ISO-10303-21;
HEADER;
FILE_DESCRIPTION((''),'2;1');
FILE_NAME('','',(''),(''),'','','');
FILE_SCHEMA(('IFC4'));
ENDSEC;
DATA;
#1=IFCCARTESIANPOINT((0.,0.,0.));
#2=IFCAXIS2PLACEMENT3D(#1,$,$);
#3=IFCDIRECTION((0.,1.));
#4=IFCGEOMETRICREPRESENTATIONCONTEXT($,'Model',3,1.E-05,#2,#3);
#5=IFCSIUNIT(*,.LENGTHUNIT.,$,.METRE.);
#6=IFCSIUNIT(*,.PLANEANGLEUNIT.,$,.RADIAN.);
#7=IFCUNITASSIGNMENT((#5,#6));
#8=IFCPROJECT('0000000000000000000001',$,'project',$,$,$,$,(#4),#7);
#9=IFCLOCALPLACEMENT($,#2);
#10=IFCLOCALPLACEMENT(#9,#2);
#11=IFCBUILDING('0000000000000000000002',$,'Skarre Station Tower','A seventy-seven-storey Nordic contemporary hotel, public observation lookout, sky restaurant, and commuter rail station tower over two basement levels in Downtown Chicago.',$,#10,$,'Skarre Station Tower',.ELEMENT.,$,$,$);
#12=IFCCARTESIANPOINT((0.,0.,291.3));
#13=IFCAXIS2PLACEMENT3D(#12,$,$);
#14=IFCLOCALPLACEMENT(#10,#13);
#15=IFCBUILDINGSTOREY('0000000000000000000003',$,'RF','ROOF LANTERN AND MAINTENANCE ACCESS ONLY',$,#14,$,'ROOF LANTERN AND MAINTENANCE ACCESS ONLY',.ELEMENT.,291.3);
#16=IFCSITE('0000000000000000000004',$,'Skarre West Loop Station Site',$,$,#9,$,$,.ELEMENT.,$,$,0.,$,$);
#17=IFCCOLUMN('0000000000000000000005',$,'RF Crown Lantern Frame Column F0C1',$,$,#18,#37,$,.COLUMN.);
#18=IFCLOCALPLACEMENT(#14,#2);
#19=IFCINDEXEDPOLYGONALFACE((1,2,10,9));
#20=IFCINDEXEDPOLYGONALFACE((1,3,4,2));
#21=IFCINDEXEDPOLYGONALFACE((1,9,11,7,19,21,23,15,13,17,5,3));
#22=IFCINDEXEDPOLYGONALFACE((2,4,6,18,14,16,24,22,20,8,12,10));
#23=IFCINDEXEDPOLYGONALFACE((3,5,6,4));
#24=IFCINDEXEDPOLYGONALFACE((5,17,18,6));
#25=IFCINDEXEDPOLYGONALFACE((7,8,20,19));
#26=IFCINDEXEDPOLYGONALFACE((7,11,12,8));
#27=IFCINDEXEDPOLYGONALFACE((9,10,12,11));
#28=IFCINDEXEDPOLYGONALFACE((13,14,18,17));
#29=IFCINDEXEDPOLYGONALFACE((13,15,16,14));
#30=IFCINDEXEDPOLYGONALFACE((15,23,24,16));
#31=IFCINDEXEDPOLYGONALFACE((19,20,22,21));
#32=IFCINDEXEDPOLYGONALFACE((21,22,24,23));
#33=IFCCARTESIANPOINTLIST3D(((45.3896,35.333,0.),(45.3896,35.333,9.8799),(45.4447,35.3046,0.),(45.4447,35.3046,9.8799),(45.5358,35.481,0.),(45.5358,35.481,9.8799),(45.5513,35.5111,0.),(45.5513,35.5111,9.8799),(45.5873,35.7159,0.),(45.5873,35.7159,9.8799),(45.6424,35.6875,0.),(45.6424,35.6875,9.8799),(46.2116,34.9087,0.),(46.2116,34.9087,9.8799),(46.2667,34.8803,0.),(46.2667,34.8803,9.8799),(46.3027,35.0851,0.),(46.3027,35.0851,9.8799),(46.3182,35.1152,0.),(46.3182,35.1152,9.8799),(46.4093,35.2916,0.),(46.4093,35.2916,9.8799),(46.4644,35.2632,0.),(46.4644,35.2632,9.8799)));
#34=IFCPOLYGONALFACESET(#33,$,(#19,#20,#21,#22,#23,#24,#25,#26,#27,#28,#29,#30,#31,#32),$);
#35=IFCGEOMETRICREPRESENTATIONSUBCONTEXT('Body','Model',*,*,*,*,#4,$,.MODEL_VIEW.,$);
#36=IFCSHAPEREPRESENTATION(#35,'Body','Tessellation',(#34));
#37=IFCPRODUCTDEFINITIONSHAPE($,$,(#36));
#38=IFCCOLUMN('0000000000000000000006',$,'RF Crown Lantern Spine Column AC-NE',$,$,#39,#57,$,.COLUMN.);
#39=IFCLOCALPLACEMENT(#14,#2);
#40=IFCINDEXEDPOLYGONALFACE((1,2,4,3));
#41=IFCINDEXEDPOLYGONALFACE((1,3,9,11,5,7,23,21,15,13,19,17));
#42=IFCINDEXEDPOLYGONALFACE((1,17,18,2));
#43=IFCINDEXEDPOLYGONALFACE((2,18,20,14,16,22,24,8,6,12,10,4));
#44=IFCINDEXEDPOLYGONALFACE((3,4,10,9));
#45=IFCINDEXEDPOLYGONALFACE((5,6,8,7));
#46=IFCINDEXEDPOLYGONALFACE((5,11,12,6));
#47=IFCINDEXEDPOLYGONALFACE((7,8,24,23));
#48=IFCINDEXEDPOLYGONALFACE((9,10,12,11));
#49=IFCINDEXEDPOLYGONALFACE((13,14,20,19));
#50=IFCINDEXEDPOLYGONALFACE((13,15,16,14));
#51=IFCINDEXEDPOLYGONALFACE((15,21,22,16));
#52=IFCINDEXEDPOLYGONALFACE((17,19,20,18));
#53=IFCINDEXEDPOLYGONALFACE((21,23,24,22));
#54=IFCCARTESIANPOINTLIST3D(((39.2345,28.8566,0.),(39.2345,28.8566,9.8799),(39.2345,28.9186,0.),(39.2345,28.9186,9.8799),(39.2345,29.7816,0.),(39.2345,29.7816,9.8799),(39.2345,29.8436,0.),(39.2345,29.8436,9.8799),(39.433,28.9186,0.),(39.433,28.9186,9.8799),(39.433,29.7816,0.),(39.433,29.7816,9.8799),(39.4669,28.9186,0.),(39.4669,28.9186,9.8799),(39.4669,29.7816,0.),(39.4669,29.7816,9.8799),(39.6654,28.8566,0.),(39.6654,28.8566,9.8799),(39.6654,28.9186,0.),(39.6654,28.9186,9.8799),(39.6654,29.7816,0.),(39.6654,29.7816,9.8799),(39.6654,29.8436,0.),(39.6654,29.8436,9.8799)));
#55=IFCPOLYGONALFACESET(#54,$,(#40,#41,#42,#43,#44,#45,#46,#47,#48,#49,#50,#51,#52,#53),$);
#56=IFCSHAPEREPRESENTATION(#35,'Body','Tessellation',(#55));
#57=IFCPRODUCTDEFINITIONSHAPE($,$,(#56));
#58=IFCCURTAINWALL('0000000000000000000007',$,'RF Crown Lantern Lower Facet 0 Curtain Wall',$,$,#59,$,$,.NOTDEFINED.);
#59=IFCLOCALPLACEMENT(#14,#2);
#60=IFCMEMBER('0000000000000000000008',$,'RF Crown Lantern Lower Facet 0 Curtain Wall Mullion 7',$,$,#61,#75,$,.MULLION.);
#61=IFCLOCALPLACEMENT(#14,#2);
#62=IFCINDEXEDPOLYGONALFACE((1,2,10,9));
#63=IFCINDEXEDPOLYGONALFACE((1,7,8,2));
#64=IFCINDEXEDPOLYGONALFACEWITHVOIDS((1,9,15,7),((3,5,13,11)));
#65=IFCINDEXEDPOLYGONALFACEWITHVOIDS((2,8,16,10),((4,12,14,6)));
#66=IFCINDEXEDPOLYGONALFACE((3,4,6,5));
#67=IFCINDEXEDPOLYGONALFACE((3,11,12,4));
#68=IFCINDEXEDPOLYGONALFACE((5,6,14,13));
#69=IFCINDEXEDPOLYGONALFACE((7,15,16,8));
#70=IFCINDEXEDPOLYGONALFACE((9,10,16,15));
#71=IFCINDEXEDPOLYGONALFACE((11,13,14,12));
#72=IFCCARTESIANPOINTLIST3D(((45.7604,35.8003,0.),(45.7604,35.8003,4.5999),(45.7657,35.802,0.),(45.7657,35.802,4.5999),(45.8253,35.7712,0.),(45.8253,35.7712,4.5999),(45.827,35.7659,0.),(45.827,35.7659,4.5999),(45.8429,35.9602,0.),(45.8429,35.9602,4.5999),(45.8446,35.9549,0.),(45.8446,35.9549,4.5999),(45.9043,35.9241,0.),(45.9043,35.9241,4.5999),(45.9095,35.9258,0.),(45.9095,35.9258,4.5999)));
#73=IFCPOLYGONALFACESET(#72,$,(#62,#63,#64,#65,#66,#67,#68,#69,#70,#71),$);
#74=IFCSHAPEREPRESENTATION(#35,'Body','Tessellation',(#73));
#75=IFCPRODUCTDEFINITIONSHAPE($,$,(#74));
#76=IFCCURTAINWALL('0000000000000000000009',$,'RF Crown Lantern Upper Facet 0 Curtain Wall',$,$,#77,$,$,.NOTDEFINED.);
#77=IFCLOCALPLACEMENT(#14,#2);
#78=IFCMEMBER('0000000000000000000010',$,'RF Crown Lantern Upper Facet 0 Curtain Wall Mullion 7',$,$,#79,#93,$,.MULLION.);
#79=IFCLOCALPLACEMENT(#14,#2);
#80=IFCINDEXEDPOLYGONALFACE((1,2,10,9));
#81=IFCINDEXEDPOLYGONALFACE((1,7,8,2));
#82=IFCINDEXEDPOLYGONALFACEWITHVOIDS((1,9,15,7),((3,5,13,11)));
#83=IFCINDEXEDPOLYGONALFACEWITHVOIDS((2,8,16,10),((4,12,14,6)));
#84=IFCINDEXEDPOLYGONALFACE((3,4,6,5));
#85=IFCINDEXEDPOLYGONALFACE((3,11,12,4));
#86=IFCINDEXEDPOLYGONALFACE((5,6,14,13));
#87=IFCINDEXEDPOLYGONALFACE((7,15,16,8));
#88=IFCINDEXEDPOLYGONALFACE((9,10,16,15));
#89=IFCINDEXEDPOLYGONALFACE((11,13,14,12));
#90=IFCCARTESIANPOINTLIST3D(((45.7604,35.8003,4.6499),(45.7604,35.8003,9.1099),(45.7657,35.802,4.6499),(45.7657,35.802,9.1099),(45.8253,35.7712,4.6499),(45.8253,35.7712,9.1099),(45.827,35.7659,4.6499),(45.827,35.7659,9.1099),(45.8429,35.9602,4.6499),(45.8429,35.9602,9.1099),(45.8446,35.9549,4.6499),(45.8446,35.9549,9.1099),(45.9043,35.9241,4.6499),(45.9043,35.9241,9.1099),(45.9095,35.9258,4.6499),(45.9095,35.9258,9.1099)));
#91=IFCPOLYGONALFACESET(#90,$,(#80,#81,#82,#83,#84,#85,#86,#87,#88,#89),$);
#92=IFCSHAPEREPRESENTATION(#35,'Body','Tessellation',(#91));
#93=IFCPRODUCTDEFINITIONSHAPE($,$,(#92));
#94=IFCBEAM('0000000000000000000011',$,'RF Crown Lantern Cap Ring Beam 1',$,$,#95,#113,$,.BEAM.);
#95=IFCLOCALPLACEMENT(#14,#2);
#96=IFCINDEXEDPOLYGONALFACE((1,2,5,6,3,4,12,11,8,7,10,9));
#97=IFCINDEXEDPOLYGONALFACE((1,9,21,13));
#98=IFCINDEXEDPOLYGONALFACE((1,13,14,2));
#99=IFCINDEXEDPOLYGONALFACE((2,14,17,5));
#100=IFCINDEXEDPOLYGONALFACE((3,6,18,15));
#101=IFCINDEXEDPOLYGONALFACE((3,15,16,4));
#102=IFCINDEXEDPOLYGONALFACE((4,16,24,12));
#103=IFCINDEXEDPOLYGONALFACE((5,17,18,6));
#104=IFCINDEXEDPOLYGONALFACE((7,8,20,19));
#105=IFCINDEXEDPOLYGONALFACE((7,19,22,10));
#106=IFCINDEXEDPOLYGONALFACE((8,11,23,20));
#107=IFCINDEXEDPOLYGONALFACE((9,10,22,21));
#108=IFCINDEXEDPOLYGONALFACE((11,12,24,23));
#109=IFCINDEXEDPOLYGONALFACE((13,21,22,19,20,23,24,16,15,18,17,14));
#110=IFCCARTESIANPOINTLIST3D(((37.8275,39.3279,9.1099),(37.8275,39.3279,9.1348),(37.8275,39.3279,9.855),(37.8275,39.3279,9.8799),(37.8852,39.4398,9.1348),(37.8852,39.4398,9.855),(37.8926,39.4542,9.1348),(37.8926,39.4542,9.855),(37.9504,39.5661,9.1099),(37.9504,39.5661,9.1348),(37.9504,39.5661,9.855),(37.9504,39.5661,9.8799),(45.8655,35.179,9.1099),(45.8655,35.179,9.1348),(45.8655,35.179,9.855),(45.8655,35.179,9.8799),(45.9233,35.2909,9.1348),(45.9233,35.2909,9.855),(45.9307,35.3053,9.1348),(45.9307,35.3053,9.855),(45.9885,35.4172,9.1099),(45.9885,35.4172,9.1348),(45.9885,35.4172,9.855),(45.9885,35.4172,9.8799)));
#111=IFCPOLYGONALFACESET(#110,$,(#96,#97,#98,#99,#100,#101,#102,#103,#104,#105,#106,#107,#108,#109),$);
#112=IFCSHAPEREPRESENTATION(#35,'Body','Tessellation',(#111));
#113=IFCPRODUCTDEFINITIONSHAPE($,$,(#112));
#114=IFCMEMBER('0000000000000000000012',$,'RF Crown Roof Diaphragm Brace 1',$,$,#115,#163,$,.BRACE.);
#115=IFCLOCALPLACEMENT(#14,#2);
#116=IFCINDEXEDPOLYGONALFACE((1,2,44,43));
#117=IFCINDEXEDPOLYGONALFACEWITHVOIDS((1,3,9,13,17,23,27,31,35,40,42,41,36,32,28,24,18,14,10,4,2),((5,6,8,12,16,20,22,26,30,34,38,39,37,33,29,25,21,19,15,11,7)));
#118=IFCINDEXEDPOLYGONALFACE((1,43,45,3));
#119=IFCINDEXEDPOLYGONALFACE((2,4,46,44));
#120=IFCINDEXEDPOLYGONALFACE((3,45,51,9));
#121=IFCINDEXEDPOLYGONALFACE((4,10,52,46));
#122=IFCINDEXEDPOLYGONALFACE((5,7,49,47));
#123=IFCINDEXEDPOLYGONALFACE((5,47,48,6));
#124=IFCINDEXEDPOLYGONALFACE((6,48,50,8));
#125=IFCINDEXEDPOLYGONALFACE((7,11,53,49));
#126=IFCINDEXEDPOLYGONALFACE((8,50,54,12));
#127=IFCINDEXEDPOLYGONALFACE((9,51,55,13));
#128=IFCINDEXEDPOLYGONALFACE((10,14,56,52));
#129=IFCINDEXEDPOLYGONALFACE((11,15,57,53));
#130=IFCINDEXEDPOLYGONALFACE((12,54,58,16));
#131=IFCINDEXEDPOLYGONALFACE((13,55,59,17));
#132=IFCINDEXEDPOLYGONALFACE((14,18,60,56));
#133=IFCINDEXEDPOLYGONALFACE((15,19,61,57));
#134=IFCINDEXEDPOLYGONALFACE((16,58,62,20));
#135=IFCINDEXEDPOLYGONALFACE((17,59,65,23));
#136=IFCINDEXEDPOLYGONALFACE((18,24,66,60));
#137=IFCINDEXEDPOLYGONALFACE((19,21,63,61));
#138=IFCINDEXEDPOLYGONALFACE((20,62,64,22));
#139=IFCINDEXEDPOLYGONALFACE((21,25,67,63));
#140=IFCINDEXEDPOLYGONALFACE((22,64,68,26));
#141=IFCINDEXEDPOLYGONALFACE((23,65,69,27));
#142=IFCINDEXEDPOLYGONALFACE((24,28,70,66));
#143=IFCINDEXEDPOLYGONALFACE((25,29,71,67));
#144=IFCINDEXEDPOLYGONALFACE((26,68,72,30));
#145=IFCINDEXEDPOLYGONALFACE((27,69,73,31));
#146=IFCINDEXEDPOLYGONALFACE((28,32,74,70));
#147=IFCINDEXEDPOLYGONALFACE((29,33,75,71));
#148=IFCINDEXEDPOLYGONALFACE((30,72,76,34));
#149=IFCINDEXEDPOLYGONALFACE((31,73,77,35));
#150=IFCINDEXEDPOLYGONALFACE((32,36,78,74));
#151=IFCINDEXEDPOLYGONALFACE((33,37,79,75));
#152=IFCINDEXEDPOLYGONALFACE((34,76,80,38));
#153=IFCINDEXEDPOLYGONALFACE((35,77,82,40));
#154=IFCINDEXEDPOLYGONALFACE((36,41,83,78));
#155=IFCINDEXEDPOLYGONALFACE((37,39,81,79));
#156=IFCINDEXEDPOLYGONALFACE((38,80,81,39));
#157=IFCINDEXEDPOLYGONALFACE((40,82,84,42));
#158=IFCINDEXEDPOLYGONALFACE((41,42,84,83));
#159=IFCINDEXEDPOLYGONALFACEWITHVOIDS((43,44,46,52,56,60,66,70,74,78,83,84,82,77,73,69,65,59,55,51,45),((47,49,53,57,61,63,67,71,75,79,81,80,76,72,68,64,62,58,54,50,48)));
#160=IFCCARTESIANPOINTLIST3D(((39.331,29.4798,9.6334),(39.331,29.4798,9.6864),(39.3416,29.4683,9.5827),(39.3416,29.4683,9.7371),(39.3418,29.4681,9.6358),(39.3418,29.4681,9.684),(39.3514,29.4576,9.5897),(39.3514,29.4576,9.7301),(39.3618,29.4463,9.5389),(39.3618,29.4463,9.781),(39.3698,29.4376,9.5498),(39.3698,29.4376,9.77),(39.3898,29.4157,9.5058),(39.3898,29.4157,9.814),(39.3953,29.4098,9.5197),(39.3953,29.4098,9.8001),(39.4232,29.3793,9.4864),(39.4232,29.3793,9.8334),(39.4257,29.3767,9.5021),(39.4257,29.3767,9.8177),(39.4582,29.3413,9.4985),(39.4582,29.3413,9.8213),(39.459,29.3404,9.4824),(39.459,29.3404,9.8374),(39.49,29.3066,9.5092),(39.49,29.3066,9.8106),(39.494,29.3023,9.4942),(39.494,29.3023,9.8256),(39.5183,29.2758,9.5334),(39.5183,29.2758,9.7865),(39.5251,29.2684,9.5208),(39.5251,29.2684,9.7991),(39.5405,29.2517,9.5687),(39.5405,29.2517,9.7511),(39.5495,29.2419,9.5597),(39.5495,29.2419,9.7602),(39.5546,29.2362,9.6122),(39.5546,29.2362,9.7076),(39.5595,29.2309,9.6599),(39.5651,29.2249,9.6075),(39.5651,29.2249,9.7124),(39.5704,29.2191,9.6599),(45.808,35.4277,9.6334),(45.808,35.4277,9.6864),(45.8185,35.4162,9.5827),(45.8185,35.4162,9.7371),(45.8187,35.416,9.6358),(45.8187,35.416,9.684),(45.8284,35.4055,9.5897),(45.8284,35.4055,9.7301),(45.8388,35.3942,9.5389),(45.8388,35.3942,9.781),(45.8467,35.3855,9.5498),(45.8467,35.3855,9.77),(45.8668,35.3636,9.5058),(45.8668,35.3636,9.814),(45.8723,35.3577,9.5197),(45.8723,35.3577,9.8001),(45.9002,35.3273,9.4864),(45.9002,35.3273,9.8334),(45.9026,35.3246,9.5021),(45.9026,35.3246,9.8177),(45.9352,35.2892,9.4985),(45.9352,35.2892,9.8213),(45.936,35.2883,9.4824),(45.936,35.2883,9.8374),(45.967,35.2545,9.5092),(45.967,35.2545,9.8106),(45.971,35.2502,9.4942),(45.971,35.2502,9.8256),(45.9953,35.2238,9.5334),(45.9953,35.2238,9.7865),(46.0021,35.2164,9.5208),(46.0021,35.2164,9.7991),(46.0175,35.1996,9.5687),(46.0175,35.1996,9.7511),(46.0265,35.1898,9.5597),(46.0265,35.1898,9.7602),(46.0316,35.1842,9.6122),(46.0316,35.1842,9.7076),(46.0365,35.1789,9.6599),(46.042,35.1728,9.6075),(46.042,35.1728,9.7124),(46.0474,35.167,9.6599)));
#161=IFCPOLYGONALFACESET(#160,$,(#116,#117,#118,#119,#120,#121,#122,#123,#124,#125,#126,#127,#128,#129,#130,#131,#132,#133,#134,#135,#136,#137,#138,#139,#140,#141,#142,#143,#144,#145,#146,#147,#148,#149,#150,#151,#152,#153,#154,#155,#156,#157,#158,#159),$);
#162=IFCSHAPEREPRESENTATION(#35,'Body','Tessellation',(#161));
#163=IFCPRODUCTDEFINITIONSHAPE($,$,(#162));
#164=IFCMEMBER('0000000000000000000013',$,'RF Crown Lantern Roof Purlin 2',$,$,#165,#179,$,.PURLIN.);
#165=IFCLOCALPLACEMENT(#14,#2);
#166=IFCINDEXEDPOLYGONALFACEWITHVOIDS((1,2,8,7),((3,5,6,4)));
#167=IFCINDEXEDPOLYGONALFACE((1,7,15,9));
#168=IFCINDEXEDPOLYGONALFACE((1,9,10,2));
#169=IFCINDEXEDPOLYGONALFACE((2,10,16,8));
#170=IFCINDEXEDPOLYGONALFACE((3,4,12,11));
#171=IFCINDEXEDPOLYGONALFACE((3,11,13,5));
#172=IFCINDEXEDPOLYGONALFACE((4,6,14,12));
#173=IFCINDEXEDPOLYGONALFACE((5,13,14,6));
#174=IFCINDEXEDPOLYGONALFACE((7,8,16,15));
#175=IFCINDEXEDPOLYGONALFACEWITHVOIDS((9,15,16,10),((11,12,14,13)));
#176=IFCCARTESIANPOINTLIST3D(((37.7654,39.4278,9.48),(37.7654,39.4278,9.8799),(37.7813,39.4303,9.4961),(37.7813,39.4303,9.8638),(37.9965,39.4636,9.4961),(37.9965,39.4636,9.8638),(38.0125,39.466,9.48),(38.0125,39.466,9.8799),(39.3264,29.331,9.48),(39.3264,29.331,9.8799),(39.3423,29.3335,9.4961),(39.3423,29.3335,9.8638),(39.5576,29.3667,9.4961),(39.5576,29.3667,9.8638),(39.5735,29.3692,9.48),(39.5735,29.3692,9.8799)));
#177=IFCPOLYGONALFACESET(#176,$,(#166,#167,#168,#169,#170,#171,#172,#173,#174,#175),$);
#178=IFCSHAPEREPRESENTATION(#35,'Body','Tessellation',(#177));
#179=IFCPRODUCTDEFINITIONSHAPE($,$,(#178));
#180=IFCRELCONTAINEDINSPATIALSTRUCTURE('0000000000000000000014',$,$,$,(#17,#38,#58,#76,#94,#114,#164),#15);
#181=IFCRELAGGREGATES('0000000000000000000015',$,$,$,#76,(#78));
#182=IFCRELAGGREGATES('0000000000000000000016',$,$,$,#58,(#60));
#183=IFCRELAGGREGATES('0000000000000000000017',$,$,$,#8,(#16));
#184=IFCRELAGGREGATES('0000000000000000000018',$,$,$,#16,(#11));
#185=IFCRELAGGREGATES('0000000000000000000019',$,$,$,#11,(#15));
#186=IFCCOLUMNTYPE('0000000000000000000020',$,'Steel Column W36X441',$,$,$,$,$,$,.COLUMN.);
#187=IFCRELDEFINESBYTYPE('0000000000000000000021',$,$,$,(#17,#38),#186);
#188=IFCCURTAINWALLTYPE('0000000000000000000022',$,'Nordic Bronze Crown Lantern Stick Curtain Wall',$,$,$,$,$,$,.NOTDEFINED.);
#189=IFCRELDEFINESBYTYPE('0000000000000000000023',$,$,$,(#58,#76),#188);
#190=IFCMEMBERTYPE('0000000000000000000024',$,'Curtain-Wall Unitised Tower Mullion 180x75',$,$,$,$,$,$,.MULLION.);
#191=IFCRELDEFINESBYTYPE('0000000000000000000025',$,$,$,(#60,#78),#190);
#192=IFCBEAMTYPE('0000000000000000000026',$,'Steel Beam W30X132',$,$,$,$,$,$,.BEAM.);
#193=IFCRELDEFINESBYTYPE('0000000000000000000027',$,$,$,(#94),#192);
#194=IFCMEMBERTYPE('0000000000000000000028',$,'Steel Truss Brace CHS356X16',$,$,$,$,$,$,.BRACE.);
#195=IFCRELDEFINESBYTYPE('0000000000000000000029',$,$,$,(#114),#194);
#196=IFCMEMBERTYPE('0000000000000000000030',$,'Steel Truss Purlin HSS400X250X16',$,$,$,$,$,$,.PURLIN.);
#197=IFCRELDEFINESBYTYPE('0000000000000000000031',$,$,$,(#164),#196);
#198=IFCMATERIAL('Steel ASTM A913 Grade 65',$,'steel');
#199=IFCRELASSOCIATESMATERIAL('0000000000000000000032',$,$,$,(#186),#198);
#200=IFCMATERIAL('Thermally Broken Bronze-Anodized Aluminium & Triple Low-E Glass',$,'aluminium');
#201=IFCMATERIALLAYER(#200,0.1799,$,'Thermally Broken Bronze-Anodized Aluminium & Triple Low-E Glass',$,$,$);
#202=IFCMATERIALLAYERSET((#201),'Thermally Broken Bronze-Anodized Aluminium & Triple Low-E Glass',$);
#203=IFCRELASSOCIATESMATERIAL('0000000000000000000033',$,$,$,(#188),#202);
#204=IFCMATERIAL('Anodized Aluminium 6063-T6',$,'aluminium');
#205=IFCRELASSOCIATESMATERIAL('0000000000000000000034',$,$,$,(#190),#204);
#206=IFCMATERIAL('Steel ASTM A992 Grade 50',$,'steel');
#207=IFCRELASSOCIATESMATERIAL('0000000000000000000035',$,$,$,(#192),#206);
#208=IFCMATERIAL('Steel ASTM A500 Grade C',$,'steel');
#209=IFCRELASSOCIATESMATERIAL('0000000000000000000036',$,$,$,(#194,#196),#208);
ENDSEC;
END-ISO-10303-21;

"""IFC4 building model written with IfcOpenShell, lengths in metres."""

from ifc_helpers import new_model, si_unit, direction, frame, origin, origin_2d, place, context, subcontext, project, spatial, hollow_rectangle, hollow_circle, i_section, extrude, material, layer, layer_set, material_profile, profile_set, type_object, element, aggregate, save


model = new_model("IFC4")

# Units and contexts
model_context = context("Model", 3, precision=1e-05, world=origin(), true_north=direction((0.0, 1.0)))
body_context = subcontext(model_context, "Body", "Model", "MODEL_VIEW")
ifc_project = project(units=[si_unit("LENGTHUNIT", "METRE"), si_unit("PLANEANGLEUNIT", "RADIAN")], contexts=[model_context])

# Site, building, storey
site_placement = place(None, origin())
site = spatial("IfcSite", under=ifc_project, at=site_placement, Name="Skarre West Loop Station Site", CompositionType="ELEMENT", RefElevation=0.0)
building_placement = place(site_placement, origin())
building = spatial("IfcBuilding", under=site, at=building_placement, Name="Skarre Station Tower", Description="A seventy-seven-storey Nordic contemporary hotel, public observation lookout, sky restaurant, and commuter rail station tower over two basement levels in Downtown Chicago.", LongName="Skarre Station Tower", CompositionType="ELEMENT")
storey_placement = place(building_placement, frame((0.0, 0.0, 291.3)))
storey = spatial("IfcBuildingStorey", under=building, at=storey_placement, Name="RF", Description="ROOF LANTERN AND MAINTENANCE ACCESS ONLY", LongName="ROOF LANTERN AND MAINTENANCE ACCESS ONLY", CompositionType="ELEMENT", Elevation=291.3)

# Columns
ifc_material_1 = material(Name="Steel ASTM A913 Grade 65", Category="steel")
ifc_material_profile_1 = material_profile(ifc_material_1, i_section(OverallWidth=0.4309, OverallDepth=0.9871, WebThickness=0.0339, FlangeThickness=0.062, at=origin_2d()), Name="Steel ASTM A913 Grade 65")
ifc_profile_set_1 = profile_set([ifc_material_profile_1], Name="Steel ASTM A913 Grade 65")
column_type = type_object("IfcColumnType", Name="Steel Column W36X441", PredefinedType="COLUMN", material=ifc_profile_set_1)
for number, where, z_axis, x_axis, name in (
    (1, (45.927, 35.2981, 0.0), (0.0, 0.0, 1.0), (0.458712, 0.888585, 0.0), "RF Crown Lantern Frame Column F0C1"),
    (2, (39.45, 29.3501, 0.0), (0.0, 0.0, 1.0), (1.0, 0.0, 0.0), "RF Crown Lantern Spine Column AC-NE"),
):
    element("IfcColumn", number, at=place(storey_placement, frame(where, z_axis=z_axis, x_axis=x_axis)), inside=storey, type_object=column_type, Name=name, PredefinedType="COLUMN", context=body_context, shape_type="SweptSolid", body=[
        extrude(i_section(OverallWidth=0.4309, OverallDepth=0.9871, WebThickness=0.0339, FlangeThickness=0.062, at=origin_2d()), origin(), (0.0, 0.0, 1.0), 9.8799),
    ])

# Curtain walls, members
ifc_material_2 = material(Name="Thermally Broken Bronze-Anodized Aluminium & Triple Low-E Glass", Category="aluminium")
ifc_layer_1 = layer(ifc_material_2, 0.1799, Name="Thermally Broken Bronze-Anodized Aluminium & Triple Low-E Glass")
ifc_layer_set_1 = layer_set([ifc_layer_1], Name="Thermally Broken Bronze-Anodized Aluminium & Triple Low-E Glass")
curtain_wall_type = type_object("IfcCurtainWallType", Name="Nordic Bronze Crown Lantern Stick Curtain Wall", PredefinedType="NOTDEFINED", material=ifc_layer_set_1)
curtain_wall_1_placement = place(storey_placement, origin())
curtain_wall_1 = element("IfcCurtainWall", 3, at=curtain_wall_1_placement, inside=storey, type_object=curtain_wall_type, Name="RF Crown Lantern Lower Facet 0 Curtain Wall", PredefinedType="NOTDEFINED")
ifc_material_3 = material(Name="Anodized Aluminium 6063-T6", Category="aluminium")
ifc_material_profile_2 = material_profile(ifc_material_3, hollow_rectangle(XDim=0.075, YDim=0.1799, WallThickness=0.0039, at=origin_2d()), Name="Anodized Aluminium 6063-T6")
ifc_profile_set_2 = profile_set([ifc_material_profile_2], Name="Anodized Aluminium 6063-T6")
member_type_1 = type_object("IfcMemberType", Name="Curtain-Wall Unitised Tower Mullion 180x75", PredefinedType="MULLION", material=ifc_profile_set_2)
member_1_placement = place(storey_placement, frame((45.835, 35.863, 0.0), z_axis=(0.0, 0.0, 1.0), x_axis=(0.888649, -0.458588, 0.0)))
member_1 = element("IfcMember", 4, at=member_1_placement, type_object=member_type_1, Name="RF Crown Lantern Lower Facet 0 Curtain Wall Mullion 7", PredefinedType="MULLION", context=body_context, shape_type="SweptSolid", body=[
    extrude(hollow_rectangle(XDim=0.075, YDim=0.1799, WallThickness=0.0039, at=origin_2d()), origin(), (0.0, 0.0, 1.0), 4.5999),
])
curtain_wall_2_placement = place(storey_placement, origin())
curtain_wall_2 = element("IfcCurtainWall", 5, at=curtain_wall_2_placement, inside=storey, type_object=curtain_wall_type, Name="RF Crown Lantern Upper Facet 0 Curtain Wall", PredefinedType="NOTDEFINED")
member_2_placement = place(storey_placement, frame((45.835, 35.863, 4.6499), z_axis=(0.0, 0.0, 1.0), x_axis=(0.888649, -0.458588, 0.0)))
member_2 = element("IfcMember", 6, at=member_2_placement, type_object=member_type_1, Name="RF Crown Lantern Upper Facet 0 Curtain Wall Mullion 7", PredefinedType="MULLION", context=body_context, shape_type="SweptSolid", body=[
    extrude(hollow_rectangle(XDim=0.075, YDim=0.1799, WallThickness=0.0039, at=origin_2d()), origin(), (0.0, 0.0, 1.0), 4.46),
])
aggregate(curtain_wall_2, [member_2])

# Beam
ifc_material_4 = material(Name="Steel ASTM A992 Grade 50", Category="steel")
ifc_material_profile_3 = material_profile(ifc_material_4, i_section(OverallWidth=0.2681, OverallDepth=0.77, WebThickness=0.0161, FlangeThickness=0.0249, at=origin_2d()), Name="Steel ASTM A992 Grade 50")
ifc_profile_set_3 = profile_set([ifc_material_profile_3], Name="Steel ASTM A992 Grade 50")
beam_type = type_object("IfcBeamType", Name="Steel Beam W30X132", PredefinedType="BEAM", material=ifc_profile_set_3)
beam_placement = place(storey_placement, frame((45.927, 35.2981, 9.4949), z_axis=(-0.88861, 0.458664, 0.0), x_axis=(-0.458664, -0.88861, 0.0)))
element("IfcBeam", 7, at=beam_placement, inside=storey, type_object=beam_type, Name="RF Crown Lantern Cap Ring Beam 1", PredefinedType="BEAM", context=body_context, shape_type="SweptSolid", body=[
    extrude(i_section(OverallWidth=0.2681, OverallDepth=0.77, WebThickness=0.0161, FlangeThickness=0.0249, at=origin_2d()), origin(), (0.0, 0.0, 1.0), 9.0457),
])

# Members
ifc_material_5 = material(Name="Steel ASTM A500 Grade C", Category="steel")
ifc_material_profile_4 = material_profile(ifc_material_5, hollow_circle(Radius=0.178, WallThickness=0.0161, at=origin_2d()), Name="Steel ASTM A500 Grade C")
ifc_profile_set_4 = profile_set([ifc_material_profile_4], Name="Steel ASTM A500 Grade C")
member_type_2 = type_object("IfcMemberType", Name="Steel Truss Brace CHS356X16", PredefinedType="BRACE", material=ifc_profile_set_4)
member_3_placement = place(storey_placement, frame((45.927, 35.2981, 9.6599), z_axis=(-0.736548, -0.676386, 0.0), x_axis=(0.676386, -0.736548, 0.0)))
element("IfcMember", 8, at=member_3_placement, inside=storey, type_object=member_type_2, Name="RF Crown Roof Diaphragm Brace 1", PredefinedType="BRACE", context=body_context, shape_type="SweptSolid", body=[
    extrude(hollow_circle(Radius=0.178, WallThickness=0.0161, at=origin_2d()), origin(), (0.0, 0.0, 1.0), 8.7937),
])
ifc_material_profile_5 = material_profile(ifc_material_5, hollow_rectangle(XDim=0.25, YDim=0.3999, WallThickness=0.0161, at=origin_2d()), Name="Steel ASTM A500 Grade C")
ifc_profile_set_5 = profile_set([ifc_material_profile_5], Name="Steel ASTM A500 Grade C")
member_type_3 = type_object("IfcMemberType", Name="Steel Truss Purlin HSS400X250X16", PredefinedType="PURLIN", material=ifc_profile_set_5)
member_4_placement = place(storey_placement, frame((39.45, 29.3501, 9.6799), z_axis=(-0.15279, 0.988259, 0.0), x_axis=(-0.988259, -0.15279, 0.0)))
element("IfcMember", 9, at=member_4_placement, inside=storey, type_object=member_type_3, Name="RF Crown Lantern Roof Purlin 2", PredefinedType="PURLIN", context=body_context, shape_type="SweptSolid", body=[
    extrude(hollow_rectangle(XDim=0.25, YDim=0.3999, WallThickness=0.0161, at=origin_2d()), origin(), (0.0, 0.0, 1.0), 10.2168),
])

aggregate(curtain_wall_1, [member_1])

save(model, "model.ifc")
